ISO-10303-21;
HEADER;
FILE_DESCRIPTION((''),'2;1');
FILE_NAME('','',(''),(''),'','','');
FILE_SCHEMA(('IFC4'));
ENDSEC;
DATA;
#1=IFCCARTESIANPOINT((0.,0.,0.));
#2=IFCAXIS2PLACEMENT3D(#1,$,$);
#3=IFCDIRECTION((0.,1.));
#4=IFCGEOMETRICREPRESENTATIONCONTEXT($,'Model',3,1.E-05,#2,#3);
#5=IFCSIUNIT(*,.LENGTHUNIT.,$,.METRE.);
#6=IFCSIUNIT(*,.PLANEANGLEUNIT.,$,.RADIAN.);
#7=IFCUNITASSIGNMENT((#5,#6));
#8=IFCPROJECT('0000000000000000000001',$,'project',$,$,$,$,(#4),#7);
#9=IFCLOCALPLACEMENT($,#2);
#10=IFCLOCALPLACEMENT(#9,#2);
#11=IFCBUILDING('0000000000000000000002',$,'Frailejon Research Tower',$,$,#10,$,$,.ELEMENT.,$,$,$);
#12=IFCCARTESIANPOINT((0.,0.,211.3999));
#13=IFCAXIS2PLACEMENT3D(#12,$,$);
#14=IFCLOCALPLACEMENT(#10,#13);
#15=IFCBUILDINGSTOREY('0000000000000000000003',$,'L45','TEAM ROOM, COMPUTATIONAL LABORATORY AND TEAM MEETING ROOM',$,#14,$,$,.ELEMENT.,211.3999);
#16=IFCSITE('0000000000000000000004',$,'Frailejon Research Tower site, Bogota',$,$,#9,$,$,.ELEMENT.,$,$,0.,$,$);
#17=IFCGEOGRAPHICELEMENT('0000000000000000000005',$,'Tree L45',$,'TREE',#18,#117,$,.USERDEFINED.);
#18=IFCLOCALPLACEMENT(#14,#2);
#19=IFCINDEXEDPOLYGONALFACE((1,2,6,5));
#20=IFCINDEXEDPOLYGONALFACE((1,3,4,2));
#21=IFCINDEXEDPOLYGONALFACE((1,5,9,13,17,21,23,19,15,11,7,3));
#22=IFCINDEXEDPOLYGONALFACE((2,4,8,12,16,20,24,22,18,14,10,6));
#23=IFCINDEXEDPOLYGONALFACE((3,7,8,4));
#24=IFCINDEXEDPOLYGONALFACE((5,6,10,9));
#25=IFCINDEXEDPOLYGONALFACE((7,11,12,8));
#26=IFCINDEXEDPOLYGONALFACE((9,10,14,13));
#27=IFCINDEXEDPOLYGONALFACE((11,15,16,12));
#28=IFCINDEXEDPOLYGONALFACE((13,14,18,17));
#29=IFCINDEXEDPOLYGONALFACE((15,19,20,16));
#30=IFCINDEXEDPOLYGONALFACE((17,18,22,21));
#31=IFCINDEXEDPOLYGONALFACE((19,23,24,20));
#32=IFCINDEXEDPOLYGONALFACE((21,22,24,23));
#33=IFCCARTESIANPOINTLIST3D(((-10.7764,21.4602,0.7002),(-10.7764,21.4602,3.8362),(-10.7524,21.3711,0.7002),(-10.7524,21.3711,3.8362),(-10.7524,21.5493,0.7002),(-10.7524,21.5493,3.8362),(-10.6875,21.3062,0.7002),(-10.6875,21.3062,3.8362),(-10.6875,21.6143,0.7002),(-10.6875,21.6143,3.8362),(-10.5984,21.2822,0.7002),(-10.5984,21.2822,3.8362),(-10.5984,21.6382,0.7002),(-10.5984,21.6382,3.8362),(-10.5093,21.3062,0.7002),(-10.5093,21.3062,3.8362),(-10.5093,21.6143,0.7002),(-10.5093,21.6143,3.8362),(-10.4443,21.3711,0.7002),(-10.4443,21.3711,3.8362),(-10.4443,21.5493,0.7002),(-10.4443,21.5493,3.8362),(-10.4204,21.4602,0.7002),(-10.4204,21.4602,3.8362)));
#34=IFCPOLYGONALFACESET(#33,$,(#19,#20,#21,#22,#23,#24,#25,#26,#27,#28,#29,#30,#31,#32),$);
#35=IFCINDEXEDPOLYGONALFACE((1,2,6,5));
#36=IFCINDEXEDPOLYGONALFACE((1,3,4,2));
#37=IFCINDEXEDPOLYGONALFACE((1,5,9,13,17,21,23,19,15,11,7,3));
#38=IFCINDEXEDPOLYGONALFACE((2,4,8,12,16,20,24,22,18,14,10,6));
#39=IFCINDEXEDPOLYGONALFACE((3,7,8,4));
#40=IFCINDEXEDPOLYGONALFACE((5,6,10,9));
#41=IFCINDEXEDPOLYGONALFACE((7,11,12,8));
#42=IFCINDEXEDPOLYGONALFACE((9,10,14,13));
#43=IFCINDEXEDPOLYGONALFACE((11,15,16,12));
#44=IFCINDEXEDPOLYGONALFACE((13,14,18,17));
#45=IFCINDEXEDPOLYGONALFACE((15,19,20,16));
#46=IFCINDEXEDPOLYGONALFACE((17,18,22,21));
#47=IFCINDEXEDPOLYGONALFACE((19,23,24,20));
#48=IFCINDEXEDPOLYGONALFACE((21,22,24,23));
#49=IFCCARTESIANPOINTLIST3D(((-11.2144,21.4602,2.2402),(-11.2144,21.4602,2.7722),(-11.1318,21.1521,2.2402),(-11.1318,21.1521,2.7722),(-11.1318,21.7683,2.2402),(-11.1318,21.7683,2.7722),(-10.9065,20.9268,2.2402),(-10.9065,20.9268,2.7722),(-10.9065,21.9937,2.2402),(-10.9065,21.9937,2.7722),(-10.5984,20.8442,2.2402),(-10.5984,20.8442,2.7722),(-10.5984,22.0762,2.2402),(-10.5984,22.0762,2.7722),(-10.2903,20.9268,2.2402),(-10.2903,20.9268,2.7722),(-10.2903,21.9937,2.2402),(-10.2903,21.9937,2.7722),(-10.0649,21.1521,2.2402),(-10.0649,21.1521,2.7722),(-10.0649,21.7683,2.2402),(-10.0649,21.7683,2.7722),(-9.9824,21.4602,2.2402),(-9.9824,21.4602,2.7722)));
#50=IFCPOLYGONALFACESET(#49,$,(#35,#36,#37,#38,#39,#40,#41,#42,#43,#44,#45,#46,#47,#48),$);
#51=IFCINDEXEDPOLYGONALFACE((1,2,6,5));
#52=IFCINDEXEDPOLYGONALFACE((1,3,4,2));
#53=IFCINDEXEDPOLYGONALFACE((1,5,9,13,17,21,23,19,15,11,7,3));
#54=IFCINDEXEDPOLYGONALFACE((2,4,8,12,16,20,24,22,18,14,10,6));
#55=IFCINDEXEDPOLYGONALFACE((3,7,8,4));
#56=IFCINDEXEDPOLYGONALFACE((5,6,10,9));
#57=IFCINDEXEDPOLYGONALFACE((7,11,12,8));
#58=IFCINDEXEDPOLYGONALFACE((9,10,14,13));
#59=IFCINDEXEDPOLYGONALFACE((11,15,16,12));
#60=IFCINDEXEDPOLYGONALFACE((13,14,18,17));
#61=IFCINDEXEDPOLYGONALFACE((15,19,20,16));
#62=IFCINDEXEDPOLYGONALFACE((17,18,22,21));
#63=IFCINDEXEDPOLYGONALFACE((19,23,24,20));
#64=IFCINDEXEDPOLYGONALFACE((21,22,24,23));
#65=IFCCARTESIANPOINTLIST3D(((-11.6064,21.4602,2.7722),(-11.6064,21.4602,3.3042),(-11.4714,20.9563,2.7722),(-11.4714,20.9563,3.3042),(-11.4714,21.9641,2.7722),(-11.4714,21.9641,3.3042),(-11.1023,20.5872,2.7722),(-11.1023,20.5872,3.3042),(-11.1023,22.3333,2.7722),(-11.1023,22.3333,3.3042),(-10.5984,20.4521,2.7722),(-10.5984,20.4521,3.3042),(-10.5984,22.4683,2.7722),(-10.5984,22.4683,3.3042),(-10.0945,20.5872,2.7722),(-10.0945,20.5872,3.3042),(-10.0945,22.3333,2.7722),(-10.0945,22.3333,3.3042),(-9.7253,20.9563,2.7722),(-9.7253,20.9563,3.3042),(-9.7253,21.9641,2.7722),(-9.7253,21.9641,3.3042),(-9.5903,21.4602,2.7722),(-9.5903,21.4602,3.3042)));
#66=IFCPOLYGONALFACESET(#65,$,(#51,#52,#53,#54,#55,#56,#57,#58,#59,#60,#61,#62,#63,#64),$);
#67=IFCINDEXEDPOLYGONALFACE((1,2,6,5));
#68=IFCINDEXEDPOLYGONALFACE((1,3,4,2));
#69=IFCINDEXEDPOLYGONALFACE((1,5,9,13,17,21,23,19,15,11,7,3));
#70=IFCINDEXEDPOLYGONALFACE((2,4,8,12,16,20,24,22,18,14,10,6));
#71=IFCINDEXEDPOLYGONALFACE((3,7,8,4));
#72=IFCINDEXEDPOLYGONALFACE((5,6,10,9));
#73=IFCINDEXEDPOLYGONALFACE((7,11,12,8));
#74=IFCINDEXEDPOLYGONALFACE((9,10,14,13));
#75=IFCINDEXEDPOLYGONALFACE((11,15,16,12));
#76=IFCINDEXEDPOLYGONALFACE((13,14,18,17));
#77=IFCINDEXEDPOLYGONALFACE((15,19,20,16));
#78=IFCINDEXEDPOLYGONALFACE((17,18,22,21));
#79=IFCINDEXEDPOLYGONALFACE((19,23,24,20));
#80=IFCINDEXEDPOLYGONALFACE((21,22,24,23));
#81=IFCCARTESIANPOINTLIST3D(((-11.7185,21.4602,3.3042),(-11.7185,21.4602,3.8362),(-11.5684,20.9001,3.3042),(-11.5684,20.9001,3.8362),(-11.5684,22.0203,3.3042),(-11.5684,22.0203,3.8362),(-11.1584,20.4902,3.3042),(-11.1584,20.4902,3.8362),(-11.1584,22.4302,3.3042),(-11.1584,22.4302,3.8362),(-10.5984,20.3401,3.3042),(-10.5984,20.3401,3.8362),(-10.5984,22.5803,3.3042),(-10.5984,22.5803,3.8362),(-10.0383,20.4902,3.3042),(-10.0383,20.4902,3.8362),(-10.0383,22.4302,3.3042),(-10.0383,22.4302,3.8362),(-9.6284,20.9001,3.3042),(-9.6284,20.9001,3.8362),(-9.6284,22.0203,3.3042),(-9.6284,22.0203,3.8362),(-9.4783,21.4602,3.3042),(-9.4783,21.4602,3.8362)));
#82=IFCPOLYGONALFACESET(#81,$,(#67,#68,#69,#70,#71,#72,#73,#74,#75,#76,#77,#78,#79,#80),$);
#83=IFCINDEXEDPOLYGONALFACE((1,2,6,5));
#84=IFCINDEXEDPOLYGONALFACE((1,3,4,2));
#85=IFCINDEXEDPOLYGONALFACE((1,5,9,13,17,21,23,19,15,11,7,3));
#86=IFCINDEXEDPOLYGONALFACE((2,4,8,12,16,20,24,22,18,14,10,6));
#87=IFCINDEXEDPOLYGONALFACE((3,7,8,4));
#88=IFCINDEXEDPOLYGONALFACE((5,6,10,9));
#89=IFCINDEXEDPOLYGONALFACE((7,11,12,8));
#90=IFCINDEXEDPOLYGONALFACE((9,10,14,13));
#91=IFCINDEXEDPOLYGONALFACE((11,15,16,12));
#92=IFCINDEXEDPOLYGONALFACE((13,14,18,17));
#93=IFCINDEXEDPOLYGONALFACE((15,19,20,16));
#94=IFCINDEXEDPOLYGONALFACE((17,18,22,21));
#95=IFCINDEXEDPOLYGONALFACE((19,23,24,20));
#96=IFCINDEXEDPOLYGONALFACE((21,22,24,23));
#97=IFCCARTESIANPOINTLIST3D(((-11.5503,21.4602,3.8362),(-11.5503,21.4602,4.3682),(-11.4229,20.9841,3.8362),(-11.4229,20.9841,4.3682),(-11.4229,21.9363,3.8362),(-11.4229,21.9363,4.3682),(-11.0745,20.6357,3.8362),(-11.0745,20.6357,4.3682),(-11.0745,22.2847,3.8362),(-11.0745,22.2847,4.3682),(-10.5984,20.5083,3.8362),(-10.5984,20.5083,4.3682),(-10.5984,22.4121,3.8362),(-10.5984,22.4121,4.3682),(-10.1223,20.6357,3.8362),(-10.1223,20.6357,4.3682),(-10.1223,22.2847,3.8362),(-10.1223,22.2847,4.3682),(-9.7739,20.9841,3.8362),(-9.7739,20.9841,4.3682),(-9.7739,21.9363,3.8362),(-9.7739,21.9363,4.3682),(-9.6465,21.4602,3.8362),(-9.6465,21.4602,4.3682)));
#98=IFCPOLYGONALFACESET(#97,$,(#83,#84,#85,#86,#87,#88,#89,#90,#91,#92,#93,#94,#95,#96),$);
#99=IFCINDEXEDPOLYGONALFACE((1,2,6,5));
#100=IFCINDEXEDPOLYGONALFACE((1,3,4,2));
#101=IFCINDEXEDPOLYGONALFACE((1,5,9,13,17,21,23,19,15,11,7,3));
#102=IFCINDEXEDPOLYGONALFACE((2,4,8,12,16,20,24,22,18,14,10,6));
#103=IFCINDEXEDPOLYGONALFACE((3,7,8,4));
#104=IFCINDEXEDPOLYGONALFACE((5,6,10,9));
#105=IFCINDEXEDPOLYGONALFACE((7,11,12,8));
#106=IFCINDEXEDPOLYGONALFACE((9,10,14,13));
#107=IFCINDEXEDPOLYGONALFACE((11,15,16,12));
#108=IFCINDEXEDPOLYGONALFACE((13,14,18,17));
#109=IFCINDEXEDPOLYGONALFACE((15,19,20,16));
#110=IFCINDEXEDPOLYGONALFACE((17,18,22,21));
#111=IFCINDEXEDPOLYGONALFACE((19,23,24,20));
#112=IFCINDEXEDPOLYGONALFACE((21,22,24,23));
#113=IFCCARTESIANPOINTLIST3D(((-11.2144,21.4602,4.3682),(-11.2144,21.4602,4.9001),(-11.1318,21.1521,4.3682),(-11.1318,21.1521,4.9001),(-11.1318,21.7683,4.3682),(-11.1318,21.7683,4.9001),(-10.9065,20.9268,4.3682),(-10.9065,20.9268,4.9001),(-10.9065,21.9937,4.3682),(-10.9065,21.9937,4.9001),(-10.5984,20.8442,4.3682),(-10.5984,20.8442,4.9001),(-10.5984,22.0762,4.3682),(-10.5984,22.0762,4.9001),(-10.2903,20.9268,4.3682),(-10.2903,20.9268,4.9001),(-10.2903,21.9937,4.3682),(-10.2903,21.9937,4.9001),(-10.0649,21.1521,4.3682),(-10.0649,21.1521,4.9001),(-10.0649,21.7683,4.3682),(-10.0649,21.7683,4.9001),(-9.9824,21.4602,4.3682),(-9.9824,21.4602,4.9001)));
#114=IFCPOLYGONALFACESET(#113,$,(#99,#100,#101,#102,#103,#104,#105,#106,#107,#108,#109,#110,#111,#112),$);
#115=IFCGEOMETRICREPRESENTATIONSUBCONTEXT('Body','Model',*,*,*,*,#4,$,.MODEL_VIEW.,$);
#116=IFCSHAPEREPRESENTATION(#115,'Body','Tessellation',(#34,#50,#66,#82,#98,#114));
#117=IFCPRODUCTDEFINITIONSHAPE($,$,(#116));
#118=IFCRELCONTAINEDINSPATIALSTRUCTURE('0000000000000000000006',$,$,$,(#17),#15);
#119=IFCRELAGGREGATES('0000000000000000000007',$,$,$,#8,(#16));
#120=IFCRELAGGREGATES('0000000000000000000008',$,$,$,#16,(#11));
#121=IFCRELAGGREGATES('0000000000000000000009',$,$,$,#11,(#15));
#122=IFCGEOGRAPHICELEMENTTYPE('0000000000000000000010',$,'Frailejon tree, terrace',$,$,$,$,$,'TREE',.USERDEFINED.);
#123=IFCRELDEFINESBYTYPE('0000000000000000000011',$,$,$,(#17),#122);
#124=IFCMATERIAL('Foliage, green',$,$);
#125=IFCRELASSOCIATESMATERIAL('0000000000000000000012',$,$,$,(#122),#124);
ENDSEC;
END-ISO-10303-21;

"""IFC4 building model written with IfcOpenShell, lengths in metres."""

from ifc_helpers import new_model, si_unit, direction, frame, origin, place, context, subcontext, project, spatial, polyline, outline, extrude, material, type_object, element, save


model = new_model("IFC4")

# Units and contexts
model_context = context("Model", 3, precision=1e-05, world=origin(), true_north=direction((0.0, 1.0)))
body_context = subcontext(model_context, "Body", "Model", "MODEL_VIEW")
ifc_project = project(units=[si_unit("LENGTHUNIT", "METRE"), si_unit("PLANEANGLEUNIT", "RADIAN")], contexts=[model_context])

# Site, building, storey
site_placement = place(None, origin())
site = spatial("IfcSite", under=ifc_project, at=site_placement, Name="Frailejon Research Tower site, Bogota", CompositionType="ELEMENT", RefElevation=0.0)
building_placement = place(site_placement, origin())
building = spatial("IfcBuilding", under=site, at=building_placement, Name="Frailejon Research Tower", CompositionType="ELEMENT")
storey_placement = place(building_placement, frame((0.0, 0.0, 211.3999)))
storey = spatial("IfcBuildingStorey", under=building, at=storey_placement, Name="L45", Description="TEAM ROOM, COMPUTATIONAL LABORATORY AND TEAM MEETING ROOM", CompositionType="ELEMENT", Elevation=211.3999)

# Geographic element
ifc_material_1 = material(Name="Foliage, green")
geographic_element_type = type_object("IfcGeographicElementType", Name="Frailejon tree, terrace", ElementType="TREE", PredefinedType="USERDEFINED", material=ifc_material_1)
geographic_element_placement = place(storey_placement, frame((-10.5984, 21.4602, 0.7002)))
element("IfcGeographicElement", 1, at=geographic_element_placement, inside=storey, type_object=geographic_element_type, Name="Tree L45", ObjectType="TREE", PredefinedType="USERDEFINED", context=body_context, shape_type="SweptSolid", body=[
    extrude(outline(polyline([(0.178, 0.0), (0.1541, 0.0891), (0.0891, 0.1541), (0.0, 0.178), (-0.0891, 0.1541), (-0.1541, 0.0891), (-0.178, 0.0), (-0.1541, -0.0891), (-0.0891, -0.1541), (0.0, -0.178), (0.0891, -0.1541), (0.1541, -0.0891), (0.178, 0.0)])), origin(), (0.0, 0.0, 1.0), 3.136),
    extrude(outline(polyline([(0.616, 0.0), (0.5334, 0.3081), (0.3081, 0.5334), (0.0, 0.616), (-0.3081, 0.5334), (-0.5334, 0.3081), (-0.616, 0.0), (-0.5334, -0.3081), (-0.3081, -0.5334), (0.0, -0.616), (0.3081, -0.5334), (0.5334, -0.3081), (0.616, 0.0)])), frame((0.0, 0.0, 1.54)), (0.0, 0.0, 1.0), 0.532),
    extrude(outline(polyline([(1.0081, 0.0), (0.873, 0.5039), (0.5039, 0.873), (0.0, 1.0081), (-0.5039, 0.873), (-0.873, 0.5039), (-1.0081, 0.0), (-0.873, -0.5039), (-0.5039, -0.873), (0.0, -1.0081), (0.5039, -0.873), (0.873, -0.5039), (1.0081, 0.0)])), frame((0.0, 0.0, 2.072)), (0.0, 0.0, 1.0), 0.532),
    extrude(outline(polyline([(1.1201, 0.0), (0.97, 0.5601), (0.5601, 0.97), (0.0, 1.1201), (-0.5601, 0.97), (-0.97, 0.5601), (-1.1201, 0.0), (-0.97, -0.5601), (-0.5601, -0.97), (0.0, -1.1201), (0.5601, -0.97), (0.97, -0.5601), (1.1201, 0.0)])), frame((0.0, 0.0, 2.604)), (0.0, 0.0, 1.0), 0.532),
    extrude(outline(polyline([(0.9519, 0.0), (0.8245, 0.4761), (0.4761, 0.8245), (0.0, 0.9519), (-0.4761, 0.8245), (-0.8245, 0.4761), (-0.9519, 0.0), (-0.8245, -0.4761), (-0.4761, -0.8245), (0.0, -0.9519), (0.4761, -0.8245), (0.8245, -0.4761), (0.9519, 0.0)])), frame((0.0, 0.0, 3.136)), (0.0, 0.0, 1.0), 0.532),
    extrude(outline(polyline([(0.616, 0.0), (0.5334, 0.3081), (0.3081, 0.5334), (0.0, 0.616), (-0.3081, 0.5334), (-0.5334, 0.3081), (-0.616, 0.0), (-0.5334, -0.3081), (-0.3081, -0.5334), (0.0, -0.616), (0.3081, -0.5334), (0.5334, -0.3081), (0.616, 0.0)])), frame((0.0, 0.0, 3.668)), (0.0, 0.0, 1.0), 0.532),
])

save(model, "model.ifc")
